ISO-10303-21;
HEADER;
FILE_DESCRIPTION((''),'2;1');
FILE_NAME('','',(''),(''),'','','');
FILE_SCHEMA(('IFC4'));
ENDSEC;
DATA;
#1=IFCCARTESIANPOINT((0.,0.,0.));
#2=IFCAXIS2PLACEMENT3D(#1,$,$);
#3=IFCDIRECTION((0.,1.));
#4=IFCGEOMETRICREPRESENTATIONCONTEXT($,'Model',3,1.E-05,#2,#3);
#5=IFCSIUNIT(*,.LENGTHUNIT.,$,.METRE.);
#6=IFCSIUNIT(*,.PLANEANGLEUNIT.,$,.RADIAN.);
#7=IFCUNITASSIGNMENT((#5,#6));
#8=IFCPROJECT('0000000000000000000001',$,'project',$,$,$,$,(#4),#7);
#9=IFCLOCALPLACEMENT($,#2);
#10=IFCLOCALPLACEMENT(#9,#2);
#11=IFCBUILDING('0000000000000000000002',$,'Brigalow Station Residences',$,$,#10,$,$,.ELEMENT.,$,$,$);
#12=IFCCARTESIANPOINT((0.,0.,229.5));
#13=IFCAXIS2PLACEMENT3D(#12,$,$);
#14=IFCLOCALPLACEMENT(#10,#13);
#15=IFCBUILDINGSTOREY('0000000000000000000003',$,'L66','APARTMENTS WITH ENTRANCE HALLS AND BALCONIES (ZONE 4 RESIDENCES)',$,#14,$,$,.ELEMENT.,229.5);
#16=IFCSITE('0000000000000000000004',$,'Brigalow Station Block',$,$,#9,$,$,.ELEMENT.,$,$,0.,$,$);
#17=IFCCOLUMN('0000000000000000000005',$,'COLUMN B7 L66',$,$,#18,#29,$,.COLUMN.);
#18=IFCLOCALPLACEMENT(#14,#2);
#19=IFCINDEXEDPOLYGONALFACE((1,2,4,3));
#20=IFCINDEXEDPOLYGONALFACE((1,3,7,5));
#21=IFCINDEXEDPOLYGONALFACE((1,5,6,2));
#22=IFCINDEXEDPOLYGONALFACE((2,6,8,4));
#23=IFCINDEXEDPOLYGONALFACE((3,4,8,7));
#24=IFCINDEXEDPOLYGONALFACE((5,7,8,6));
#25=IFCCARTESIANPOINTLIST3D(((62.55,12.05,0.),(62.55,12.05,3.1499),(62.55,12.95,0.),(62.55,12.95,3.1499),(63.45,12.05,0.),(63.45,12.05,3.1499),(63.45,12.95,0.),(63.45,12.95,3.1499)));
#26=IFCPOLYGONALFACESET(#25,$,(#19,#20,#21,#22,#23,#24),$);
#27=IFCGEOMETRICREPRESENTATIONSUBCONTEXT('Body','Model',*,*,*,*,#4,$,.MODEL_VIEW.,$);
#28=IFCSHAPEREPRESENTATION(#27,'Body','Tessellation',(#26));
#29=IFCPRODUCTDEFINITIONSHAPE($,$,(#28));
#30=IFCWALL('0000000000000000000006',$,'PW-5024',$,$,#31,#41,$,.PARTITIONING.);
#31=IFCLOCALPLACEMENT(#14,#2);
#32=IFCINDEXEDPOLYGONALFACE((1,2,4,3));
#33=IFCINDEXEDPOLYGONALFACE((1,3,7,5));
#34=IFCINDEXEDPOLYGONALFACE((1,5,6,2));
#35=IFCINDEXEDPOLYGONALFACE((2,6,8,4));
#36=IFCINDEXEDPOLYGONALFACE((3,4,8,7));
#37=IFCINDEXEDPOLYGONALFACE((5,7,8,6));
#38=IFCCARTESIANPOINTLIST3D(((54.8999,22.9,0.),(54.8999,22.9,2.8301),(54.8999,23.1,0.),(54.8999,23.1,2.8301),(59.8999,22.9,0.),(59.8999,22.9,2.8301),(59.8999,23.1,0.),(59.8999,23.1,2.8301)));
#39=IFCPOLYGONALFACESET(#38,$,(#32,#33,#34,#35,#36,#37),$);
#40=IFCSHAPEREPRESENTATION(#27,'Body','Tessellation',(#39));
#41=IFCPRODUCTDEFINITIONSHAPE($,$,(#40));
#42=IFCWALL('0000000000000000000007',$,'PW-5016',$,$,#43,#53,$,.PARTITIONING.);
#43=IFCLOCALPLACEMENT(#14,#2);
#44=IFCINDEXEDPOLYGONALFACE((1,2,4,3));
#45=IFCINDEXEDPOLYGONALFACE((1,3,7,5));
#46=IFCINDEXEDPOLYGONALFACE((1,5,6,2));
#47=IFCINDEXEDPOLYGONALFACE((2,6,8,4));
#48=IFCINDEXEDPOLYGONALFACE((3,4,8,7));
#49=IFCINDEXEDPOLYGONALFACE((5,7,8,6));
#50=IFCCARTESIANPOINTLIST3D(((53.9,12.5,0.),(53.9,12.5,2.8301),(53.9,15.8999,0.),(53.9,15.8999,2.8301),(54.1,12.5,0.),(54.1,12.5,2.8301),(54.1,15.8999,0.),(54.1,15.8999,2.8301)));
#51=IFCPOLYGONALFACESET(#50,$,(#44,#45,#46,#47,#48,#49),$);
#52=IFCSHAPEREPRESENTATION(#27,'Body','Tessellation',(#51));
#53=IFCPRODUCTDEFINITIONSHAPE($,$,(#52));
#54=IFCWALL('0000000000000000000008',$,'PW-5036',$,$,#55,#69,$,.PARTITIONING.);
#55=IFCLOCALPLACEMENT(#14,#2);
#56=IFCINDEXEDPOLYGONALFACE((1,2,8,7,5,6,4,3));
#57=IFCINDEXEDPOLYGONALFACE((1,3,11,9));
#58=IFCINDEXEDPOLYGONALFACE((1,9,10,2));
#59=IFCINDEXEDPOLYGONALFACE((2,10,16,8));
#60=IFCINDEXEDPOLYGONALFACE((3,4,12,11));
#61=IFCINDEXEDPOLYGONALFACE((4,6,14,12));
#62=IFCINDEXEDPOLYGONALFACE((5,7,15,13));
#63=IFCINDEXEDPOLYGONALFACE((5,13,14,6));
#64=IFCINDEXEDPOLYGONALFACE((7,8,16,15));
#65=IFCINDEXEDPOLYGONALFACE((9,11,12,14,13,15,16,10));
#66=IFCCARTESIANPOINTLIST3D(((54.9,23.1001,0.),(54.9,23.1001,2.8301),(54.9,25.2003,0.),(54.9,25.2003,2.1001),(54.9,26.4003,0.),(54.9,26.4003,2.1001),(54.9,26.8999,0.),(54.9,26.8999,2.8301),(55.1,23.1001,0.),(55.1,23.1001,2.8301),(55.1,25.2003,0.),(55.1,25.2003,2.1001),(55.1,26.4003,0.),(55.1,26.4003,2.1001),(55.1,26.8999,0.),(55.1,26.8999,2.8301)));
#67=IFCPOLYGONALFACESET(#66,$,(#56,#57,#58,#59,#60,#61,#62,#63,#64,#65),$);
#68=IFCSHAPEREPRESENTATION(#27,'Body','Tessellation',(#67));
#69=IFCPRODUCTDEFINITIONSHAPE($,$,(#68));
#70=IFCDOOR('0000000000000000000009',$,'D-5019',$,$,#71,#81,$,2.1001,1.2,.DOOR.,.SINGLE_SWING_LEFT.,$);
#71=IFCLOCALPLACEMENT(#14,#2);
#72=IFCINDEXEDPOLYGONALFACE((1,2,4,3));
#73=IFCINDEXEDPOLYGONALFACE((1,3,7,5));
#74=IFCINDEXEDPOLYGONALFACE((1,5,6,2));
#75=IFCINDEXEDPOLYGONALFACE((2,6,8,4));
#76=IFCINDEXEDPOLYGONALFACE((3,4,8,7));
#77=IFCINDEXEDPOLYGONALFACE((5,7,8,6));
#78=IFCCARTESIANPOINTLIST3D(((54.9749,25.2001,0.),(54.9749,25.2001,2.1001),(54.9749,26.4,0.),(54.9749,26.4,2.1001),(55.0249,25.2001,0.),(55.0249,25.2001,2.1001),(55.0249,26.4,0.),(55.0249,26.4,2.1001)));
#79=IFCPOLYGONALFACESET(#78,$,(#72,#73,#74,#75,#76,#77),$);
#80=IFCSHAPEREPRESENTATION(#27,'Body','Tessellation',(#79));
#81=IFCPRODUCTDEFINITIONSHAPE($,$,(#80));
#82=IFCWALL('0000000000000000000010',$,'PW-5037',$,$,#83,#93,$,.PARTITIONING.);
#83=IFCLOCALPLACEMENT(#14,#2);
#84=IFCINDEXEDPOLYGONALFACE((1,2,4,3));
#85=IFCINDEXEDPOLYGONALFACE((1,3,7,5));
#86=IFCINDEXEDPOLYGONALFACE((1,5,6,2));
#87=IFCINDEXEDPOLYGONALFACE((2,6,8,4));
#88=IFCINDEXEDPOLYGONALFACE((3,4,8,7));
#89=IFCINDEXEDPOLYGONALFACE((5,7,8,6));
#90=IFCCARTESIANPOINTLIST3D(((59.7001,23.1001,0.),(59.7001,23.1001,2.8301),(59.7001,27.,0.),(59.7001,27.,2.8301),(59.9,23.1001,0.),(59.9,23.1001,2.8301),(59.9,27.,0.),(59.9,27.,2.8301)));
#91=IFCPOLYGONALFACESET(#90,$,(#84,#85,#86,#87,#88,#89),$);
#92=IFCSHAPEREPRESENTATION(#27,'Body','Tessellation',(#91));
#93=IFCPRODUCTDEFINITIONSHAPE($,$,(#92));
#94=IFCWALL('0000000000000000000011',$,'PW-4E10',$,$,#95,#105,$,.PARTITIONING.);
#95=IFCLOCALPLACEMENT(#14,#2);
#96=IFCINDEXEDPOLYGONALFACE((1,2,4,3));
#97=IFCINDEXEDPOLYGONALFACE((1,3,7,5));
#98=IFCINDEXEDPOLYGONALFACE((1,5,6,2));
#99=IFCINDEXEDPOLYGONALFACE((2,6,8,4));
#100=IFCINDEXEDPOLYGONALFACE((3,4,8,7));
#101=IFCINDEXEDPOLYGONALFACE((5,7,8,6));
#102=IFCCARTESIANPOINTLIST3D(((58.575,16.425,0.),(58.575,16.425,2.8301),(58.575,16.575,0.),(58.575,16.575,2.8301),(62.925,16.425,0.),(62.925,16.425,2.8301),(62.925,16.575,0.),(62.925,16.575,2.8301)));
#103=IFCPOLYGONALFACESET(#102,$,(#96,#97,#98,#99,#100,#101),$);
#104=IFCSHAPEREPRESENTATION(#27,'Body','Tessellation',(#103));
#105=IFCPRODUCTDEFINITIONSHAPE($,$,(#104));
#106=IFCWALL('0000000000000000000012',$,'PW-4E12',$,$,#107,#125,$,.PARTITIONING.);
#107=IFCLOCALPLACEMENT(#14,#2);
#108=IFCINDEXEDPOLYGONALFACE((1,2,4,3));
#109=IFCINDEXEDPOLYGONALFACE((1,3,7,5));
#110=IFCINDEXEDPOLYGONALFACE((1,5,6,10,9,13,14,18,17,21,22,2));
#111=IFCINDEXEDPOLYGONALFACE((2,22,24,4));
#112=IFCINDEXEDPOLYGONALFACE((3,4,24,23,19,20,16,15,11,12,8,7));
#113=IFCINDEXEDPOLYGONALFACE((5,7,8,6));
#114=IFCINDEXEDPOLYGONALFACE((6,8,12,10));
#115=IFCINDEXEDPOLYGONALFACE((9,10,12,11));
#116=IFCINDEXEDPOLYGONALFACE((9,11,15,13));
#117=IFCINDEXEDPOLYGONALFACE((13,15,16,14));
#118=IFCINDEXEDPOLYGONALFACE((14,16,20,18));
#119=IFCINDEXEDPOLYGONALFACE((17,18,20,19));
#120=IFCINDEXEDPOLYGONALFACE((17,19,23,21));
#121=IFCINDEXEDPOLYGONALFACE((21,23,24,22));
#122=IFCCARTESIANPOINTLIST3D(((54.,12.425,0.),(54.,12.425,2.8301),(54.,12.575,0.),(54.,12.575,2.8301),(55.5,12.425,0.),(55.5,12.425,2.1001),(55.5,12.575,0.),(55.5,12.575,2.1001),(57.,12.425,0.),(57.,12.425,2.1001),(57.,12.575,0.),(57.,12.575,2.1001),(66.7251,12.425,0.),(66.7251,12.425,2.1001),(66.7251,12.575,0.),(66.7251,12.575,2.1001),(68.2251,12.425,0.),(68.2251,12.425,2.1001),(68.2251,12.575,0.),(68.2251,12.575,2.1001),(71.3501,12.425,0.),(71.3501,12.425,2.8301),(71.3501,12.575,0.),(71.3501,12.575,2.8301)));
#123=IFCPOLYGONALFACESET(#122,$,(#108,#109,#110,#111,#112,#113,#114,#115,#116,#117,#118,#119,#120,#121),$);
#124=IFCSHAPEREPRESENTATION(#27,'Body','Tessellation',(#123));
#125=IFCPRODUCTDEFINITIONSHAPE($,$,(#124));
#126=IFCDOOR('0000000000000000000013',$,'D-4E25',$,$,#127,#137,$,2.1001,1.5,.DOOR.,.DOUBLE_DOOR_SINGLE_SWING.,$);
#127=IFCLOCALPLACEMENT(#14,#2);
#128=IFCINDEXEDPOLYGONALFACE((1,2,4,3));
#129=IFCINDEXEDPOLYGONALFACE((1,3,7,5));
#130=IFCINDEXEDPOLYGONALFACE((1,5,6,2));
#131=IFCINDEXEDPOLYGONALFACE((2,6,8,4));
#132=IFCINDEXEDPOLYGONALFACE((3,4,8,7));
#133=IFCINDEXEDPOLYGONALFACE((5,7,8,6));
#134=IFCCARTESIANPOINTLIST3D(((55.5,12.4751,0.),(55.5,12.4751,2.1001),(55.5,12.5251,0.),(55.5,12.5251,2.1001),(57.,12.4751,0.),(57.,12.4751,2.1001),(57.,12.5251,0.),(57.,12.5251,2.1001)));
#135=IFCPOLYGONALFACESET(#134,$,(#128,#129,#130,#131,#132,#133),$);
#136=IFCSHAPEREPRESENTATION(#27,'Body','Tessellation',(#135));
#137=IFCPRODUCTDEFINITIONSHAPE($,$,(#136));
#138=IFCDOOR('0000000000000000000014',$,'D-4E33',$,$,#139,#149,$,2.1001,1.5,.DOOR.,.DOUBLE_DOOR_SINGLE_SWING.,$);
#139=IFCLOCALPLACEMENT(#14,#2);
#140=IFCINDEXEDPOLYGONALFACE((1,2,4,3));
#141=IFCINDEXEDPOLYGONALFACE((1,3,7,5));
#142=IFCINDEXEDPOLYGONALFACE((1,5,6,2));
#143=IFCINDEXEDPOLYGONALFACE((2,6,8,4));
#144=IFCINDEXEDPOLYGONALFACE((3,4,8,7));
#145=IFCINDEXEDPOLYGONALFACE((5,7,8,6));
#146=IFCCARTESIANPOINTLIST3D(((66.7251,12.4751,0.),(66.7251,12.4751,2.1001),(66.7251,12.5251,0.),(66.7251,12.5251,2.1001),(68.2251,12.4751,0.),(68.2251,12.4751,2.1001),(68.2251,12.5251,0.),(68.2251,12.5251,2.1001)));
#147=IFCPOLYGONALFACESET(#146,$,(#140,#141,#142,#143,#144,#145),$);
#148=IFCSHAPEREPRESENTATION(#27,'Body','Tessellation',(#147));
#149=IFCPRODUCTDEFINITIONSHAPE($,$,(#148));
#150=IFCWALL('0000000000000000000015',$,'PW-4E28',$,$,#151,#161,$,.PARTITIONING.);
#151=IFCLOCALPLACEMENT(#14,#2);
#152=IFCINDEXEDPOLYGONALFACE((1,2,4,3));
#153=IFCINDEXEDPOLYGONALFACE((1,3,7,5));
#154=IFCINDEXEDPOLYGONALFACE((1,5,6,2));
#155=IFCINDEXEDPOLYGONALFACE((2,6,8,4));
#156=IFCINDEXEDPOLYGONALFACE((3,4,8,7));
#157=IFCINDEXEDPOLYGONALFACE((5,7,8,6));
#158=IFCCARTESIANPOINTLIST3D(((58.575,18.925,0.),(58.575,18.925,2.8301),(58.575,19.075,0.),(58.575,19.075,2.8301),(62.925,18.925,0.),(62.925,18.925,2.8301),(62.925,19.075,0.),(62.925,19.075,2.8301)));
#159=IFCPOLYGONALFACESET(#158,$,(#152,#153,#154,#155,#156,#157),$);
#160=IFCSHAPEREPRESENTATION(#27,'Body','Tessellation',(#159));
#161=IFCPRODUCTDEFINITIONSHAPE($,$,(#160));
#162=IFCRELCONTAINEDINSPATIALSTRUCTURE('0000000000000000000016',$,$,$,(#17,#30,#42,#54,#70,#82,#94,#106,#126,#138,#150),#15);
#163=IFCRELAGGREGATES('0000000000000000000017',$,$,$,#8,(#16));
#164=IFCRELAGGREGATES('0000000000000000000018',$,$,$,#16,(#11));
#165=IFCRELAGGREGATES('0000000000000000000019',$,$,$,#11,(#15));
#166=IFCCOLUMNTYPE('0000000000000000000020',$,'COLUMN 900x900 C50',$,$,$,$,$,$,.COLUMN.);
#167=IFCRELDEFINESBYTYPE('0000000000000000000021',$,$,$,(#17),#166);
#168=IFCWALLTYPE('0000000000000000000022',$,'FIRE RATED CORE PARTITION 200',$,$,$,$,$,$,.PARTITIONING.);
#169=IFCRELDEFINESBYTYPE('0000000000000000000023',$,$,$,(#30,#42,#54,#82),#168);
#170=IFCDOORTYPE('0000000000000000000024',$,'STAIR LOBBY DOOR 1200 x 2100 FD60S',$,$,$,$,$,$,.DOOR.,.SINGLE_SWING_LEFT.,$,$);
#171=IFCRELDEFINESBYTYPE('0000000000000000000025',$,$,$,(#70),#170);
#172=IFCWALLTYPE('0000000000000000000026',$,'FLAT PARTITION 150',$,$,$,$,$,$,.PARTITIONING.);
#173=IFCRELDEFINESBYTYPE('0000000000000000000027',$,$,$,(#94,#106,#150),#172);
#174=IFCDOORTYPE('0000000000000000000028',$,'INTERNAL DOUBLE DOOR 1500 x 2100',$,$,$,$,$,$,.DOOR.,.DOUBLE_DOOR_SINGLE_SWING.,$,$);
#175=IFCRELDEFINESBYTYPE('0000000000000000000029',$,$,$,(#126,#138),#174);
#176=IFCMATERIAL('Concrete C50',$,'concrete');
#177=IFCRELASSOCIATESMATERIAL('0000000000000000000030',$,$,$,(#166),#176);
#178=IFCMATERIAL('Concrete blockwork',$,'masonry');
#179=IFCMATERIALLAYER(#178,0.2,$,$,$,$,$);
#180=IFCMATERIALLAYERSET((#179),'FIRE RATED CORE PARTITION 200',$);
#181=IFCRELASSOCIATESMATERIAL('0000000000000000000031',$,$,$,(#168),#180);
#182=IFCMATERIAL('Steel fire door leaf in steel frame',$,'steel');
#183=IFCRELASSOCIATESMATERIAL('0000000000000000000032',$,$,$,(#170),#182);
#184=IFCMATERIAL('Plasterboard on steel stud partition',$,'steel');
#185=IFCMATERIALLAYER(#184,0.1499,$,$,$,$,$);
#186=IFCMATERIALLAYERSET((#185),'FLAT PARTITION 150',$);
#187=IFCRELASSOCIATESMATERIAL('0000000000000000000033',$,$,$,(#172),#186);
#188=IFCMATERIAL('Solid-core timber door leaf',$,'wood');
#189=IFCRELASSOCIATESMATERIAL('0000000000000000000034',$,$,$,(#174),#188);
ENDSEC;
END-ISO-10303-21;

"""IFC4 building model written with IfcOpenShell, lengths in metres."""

from ifc_helpers import new_model, si_unit, direction, frame, frame_2d, origin, origin_2d, place, context, subcontext, project, spatial, rectangle, extrude, material, layer, layer_set, material_profile, profile_set, type_object, element, fill, save


model = new_model("IFC4")

# Units and contexts
model_context = context("Model", 3, precision=1e-05, world=origin(), true_north=direction((0.0, 1.0)))
body_context = subcontext(model_context, "Body", "Model", "MODEL_VIEW")
ifc_project = project(units=[si_unit("LENGTHUNIT", "METRE"), si_unit("PLANEANGLEUNIT", "RADIAN")], contexts=[model_context])

# Site, building, storey
site_placement = place(None, origin())
site = spatial("IfcSite", under=ifc_project, at=site_placement, Name="Brigalow Station Block", CompositionType="ELEMENT", RefElevation=0.0)
building_placement = place(site_placement, origin())
building = spatial("IfcBuilding", under=site, at=building_placement, Name="Brigalow Station Residences", CompositionType="ELEMENT")
storey_placement = place(building_placement, frame((0.0, 0.0, 229.5)))
storey = spatial("IfcBuildingStorey", under=building, at=storey_placement, Name="L66", Description="APARTMENTS WITH ENTRANCE HALLS AND BALCONIES (ZONE 4 RESIDENCES)", CompositionType="ELEMENT", Elevation=229.5)

# Column
ifc_material_1 = material(Name="Concrete C50", Category="concrete")
ifc_material_profile = material_profile(ifc_material_1, rectangle(XDim=0.8999, YDim=0.8999, at=origin_2d()), Name="RC900x900")
ifc_profile_set = profile_set([ifc_material_profile], Name="Concrete C50")
column_type = type_object("IfcColumnType", Name="COLUMN 900x900 C50", PredefinedType="COLUMN", material=ifc_profile_set)
column_placement = place(storey_placement, frame((63.0, 12.5, 0.0), z_axis=(0.0, 0.0, 1.0), x_axis=(1.0, 0.0, 0.0)))
element("IfcColumn", 1, at=column_placement, inside=storey, type_object=column_type, Name="COLUMN B7 L66", PredefinedType="COLUMN", context=body_context, shape_type="SweptSolid", body=[
    extrude(rectangle(XDim=0.8999, YDim=0.8999, at=origin_2d()), origin(), (0.0, 0.0, 1.0), 3.1499),
])

# Walls
ifc_material_2 = material(Name="Concrete blockwork", Category="masonry")
ifc_layer_1 = layer(ifc_material_2, 0.2)
ifc_layer_set_1 = layer_set([ifc_layer_1], Name="FIRE RATED CORE PARTITION 200")
wall_type_1 = type_object("IfcWallType", Name="FIRE RATED CORE PARTITION 200", PredefinedType="PARTITIONING", material=ifc_layer_set_1)
wall_1_placement = place(storey_placement, frame((54.8999, 23.0, 0.0), z_axis=(0.0, 0.0, 1.0), x_axis=(1.0, 0.0, 0.0)))
element("IfcWall", 2, at=wall_1_placement, inside=storey, type_object=wall_type_1, Name="PW-5024", PredefinedType="PARTITIONING", context=body_context, shape_type="SweptSolid", body=[
    extrude(rectangle(XDim=5.0, YDim=0.2, at=frame_2d((2.5, 0.0))), origin(), (0.0, 0.0, 1.0), 2.8301),
])
wall_2_placement = place(storey_placement, frame((54.0, 12.5, 0.0), z_axis=(0.0, 0.0, 1.0), x_axis=(0.0, 1.0, 0.0)))
element("IfcWall", 3, at=wall_2_placement, inside=storey, type_object=wall_type_1, Name="PW-5016", PredefinedType="PARTITIONING", context=body_context, shape_type="SweptSolid", body=[
    extrude(rectangle(XDim=3.3999, YDim=0.2, at=frame_2d((1.7, 0.0))), origin(), (0.0, 0.0, 1.0), 2.8301),
])

# Wall, opening, door
wall_3_placement = place(storey_placement, frame((55.0, 23.1001, 0.0), z_axis=(0.0, 0.0, 1.0), x_axis=(0.0, 1.0, 0.0)))
wall_3 = element("IfcWall", 4, at=wall_3_placement, inside=storey, type_object=wall_type_1, Name="PW-5036", PredefinedType="PARTITIONING", context=body_context, shape_type="SweptSolid", body=[
    extrude(rectangle(XDim=3.7998, YDim=0.2, at=frame_2d((1.8999, 0.0))), origin(), (0.0, 0.0, 1.0), 2.8301),
])
opening_1_placement = place(wall_3_placement, frame((2.1001, 0.0, 0.0)))
opening_1 = element("IfcOpeningElement", 5, at=opening_1_placement, cuts=wall_3, PredefinedType="OPENING", context=body_context, shape_type="SweptSolid", body=[
    extrude(rectangle(XDim=1.2, YDim=2.1001, at=frame_2d((0.6001, 1.05))), frame((0.0, 0.1099, 0.0), z_axis=(0.0, -1.0, 0.0), x_axis=(1.0, 0.0, 0.0)), (0.0, 0.0, 1.0), 0.22),
])
ifc_material_3 = material(Name="Steel fire door leaf in steel frame", Category="steel")
door_type_1 = type_object("IfcDoorType", Name="STAIR LOBBY DOOR 1200 x 2100 FD60S", OperationType="SINGLE_SWING_LEFT", PredefinedType="DOOR", material=ifc_material_3)
door_1_placement = place(opening_1_placement, frame((1.2, 0.0, 0.0), z_axis=(0.0, 0.0, 1.0), x_axis=(-1.0, 0.0, 0.0)))
door_1 = element("IfcDoor", 6, at=door_1_placement, inside=storey, type_object=door_type_1, Name="D-5019", OperationType="SINGLE_SWING_LEFT", OverallHeight=2.1001, OverallWidth=1.2, PredefinedType="DOOR", context=body_context, shape_type="SweptSolid", body=[
    extrude(rectangle(XDim=1.2, YDim=2.1001, at=frame_2d((0.6001, 1.05))), frame((0.0, 0.0249, 0.0), z_axis=(0.0, -1.0, 0.0), x_axis=(1.0, 0.0, 0.0)), (0.0, 0.0, 1.0), 0.05),
])
fill(opening_1, door_1)

# Walls
wall_4_placement = place(storey_placement, frame((59.8, 23.1001, 0.0), z_axis=(0.0, 0.0, 1.0), x_axis=(0.0, 1.0, 0.0)))
element("IfcWall", 7, at=wall_4_placement, inside=storey, type_object=wall_type_1, Name="PW-5037", PredefinedType="PARTITIONING", context=body_context, shape_type="SweptSolid", body=[
    extrude(rectangle(XDim=3.8999, YDim=0.2, at=frame_2d((1.95, 0.0))), origin(), (0.0, 0.0, 1.0), 2.8301),
])
ifc_material_4 = material(Name="Plasterboard on steel stud partition", Category="steel")
ifc_layer_2 = layer(ifc_material_4, 0.1499)
ifc_layer_set_2 = layer_set([ifc_layer_2], Name="FLAT PARTITION 150")
wall_type_2 = type_object("IfcWallType", Name="FLAT PARTITION 150", PredefinedType="PARTITIONING", material=ifc_layer_set_2)
wall_5_placement = place(storey_placement, frame((58.575, 16.5, 0.0), z_axis=(0.0, 0.0, 1.0), x_axis=(1.0, 0.0, 0.0)))
element("IfcWall", 8, at=wall_5_placement, inside=storey, type_object=wall_type_2, Name="PW-4E10", PredefinedType="PARTITIONING", context=body_context, shape_type="SweptSolid", body=[
    extrude(rectangle(XDim=4.3501, YDim=0.1499, at=frame_2d((2.175, 0.0))), origin(), (0.0, 0.0, 1.0), 2.8301),
])

# Wall, openings, doors
wall_6_placement = place(storey_placement, frame((54.0, 12.5, 0.0), z_axis=(0.0, 0.0, 1.0), x_axis=(1.0, 0.0, 0.0)))
wall_6 = element("IfcWall", 9, at=wall_6_placement, inside=storey, type_object=wall_type_2, Name="PW-4E12", PredefinedType="PARTITIONING", context=body_context, shape_type="SweptSolid", body=[
    extrude(rectangle(XDim=17.3501, YDim=0.1499, at=frame_2d((8.675, 0.0))), origin(), (0.0, 0.0, 1.0), 2.8301),
])
opening_2_placement = place(wall_6_placement, frame((1.5, 0.0, 0.0)))
opening_2 = element("IfcOpeningElement", 10, at=opening_2_placement, cuts=wall_6, PredefinedType="OPENING", context=body_context, shape_type="SweptSolid", body=[
    extrude(rectangle(XDim=1.5, YDim=2.1001, at=frame_2d((0.75, 1.05))), frame((0.0, 0.085, 0.0), z_axis=(0.0, -1.0, 0.0), x_axis=(1.0, 0.0, 0.0)), (0.0, 0.0, 1.0), 0.1699),
])
opening_3_placement = place(wall_6_placement, frame((12.7251, 0.0, 0.0)))
opening_3 = element("IfcOpeningElement", 11, at=opening_3_placement, cuts=wall_6, PredefinedType="OPENING", context=body_context, shape_type="SweptSolid", body=[
    extrude(rectangle(XDim=1.5, YDim=2.1001, at=frame_2d((0.75, 1.05))), frame((0.0, 0.085, 0.0), z_axis=(0.0, -1.0, 0.0), x_axis=(1.0, 0.0, 0.0)), (0.0, 0.0, 1.0), 0.1699),
])
ifc_material_5 = material(Name="Solid-core timber door leaf", Category="wood")
door_type_2 = type_object("IfcDoorType", Name="INTERNAL DOUBLE DOOR 1500 x 2100", OperationType="DOUBLE_DOOR_SINGLE_SWING", PredefinedType="DOOR", material=ifc_material_5)
door_2_placement = place(opening_2_placement, frame((1.5, 0.0, 0.0), z_axis=(0.0, 0.0, 1.0), x_axis=(-1.0, 0.0, 0.0)))
door_2 = element("IfcDoor", 12, at=door_2_placement, inside=storey, type_object=door_type_2, Name="D-4E25", OperationType="DOUBLE_DOOR_SINGLE_SWING", OverallHeight=2.1001, OverallWidth=1.5, PredefinedType="DOOR", context=body_context, shape_type="SweptSolid", body=[
    extrude(rectangle(XDim=1.5, YDim=2.1001, at=frame_2d((0.75, 1.05))), frame((0.0, 0.0249, 0.0), z_axis=(0.0, -1.0, 0.0), x_axis=(1.0, 0.0, 0.0)), (0.0, 0.0, 1.0), 0.05),
])
fill(opening_2, door_2)
door_3_placement = place(opening_3_placement, frame((1.5, 0.0, 0.0), z_axis=(0.0, 0.0, 1.0), x_axis=(-1.0, 0.0, 0.0)))
door_3 = element("IfcDoor", 13, at=door_3_placement, inside=storey, type_object=door_type_2, Name="D-4E33", OperationType="DOUBLE_DOOR_SINGLE_SWING", OverallHeight=2.1001, OverallWidth=1.5, PredefinedType="DOOR", context=body_context, shape_type="SweptSolid", body=[
    extrude(rectangle(XDim=1.5, YDim=2.1001, at=frame_2d((0.75, 1.05))), frame((0.0, 0.0249, 0.0), z_axis=(0.0, -1.0, 0.0), x_axis=(1.0, 0.0, 0.0)), (0.0, 0.0, 1.0), 0.05),
])
fill(opening_3, door_3)

# Wall
wall_7_placement = place(storey_placement, frame((58.575, 19.0, 0.0), z_axis=(0.0, 0.0, 1.0), x_axis=(1.0, 0.0, 0.0)))
element("IfcWall", 14, at=wall_7_placement, inside=storey, type_object=wall_type_2, Name="PW-4E28", PredefinedType="PARTITIONING", context=body_context, shape_type="SweptSolid", body=[
    extrude(rectangle(XDim=4.3501, YDim=0.1499, at=frame_2d((2.175, 0.0))), origin(), (0.0, 0.0, 1.0), 2.8301),
])

save(model, "model.ifc")
